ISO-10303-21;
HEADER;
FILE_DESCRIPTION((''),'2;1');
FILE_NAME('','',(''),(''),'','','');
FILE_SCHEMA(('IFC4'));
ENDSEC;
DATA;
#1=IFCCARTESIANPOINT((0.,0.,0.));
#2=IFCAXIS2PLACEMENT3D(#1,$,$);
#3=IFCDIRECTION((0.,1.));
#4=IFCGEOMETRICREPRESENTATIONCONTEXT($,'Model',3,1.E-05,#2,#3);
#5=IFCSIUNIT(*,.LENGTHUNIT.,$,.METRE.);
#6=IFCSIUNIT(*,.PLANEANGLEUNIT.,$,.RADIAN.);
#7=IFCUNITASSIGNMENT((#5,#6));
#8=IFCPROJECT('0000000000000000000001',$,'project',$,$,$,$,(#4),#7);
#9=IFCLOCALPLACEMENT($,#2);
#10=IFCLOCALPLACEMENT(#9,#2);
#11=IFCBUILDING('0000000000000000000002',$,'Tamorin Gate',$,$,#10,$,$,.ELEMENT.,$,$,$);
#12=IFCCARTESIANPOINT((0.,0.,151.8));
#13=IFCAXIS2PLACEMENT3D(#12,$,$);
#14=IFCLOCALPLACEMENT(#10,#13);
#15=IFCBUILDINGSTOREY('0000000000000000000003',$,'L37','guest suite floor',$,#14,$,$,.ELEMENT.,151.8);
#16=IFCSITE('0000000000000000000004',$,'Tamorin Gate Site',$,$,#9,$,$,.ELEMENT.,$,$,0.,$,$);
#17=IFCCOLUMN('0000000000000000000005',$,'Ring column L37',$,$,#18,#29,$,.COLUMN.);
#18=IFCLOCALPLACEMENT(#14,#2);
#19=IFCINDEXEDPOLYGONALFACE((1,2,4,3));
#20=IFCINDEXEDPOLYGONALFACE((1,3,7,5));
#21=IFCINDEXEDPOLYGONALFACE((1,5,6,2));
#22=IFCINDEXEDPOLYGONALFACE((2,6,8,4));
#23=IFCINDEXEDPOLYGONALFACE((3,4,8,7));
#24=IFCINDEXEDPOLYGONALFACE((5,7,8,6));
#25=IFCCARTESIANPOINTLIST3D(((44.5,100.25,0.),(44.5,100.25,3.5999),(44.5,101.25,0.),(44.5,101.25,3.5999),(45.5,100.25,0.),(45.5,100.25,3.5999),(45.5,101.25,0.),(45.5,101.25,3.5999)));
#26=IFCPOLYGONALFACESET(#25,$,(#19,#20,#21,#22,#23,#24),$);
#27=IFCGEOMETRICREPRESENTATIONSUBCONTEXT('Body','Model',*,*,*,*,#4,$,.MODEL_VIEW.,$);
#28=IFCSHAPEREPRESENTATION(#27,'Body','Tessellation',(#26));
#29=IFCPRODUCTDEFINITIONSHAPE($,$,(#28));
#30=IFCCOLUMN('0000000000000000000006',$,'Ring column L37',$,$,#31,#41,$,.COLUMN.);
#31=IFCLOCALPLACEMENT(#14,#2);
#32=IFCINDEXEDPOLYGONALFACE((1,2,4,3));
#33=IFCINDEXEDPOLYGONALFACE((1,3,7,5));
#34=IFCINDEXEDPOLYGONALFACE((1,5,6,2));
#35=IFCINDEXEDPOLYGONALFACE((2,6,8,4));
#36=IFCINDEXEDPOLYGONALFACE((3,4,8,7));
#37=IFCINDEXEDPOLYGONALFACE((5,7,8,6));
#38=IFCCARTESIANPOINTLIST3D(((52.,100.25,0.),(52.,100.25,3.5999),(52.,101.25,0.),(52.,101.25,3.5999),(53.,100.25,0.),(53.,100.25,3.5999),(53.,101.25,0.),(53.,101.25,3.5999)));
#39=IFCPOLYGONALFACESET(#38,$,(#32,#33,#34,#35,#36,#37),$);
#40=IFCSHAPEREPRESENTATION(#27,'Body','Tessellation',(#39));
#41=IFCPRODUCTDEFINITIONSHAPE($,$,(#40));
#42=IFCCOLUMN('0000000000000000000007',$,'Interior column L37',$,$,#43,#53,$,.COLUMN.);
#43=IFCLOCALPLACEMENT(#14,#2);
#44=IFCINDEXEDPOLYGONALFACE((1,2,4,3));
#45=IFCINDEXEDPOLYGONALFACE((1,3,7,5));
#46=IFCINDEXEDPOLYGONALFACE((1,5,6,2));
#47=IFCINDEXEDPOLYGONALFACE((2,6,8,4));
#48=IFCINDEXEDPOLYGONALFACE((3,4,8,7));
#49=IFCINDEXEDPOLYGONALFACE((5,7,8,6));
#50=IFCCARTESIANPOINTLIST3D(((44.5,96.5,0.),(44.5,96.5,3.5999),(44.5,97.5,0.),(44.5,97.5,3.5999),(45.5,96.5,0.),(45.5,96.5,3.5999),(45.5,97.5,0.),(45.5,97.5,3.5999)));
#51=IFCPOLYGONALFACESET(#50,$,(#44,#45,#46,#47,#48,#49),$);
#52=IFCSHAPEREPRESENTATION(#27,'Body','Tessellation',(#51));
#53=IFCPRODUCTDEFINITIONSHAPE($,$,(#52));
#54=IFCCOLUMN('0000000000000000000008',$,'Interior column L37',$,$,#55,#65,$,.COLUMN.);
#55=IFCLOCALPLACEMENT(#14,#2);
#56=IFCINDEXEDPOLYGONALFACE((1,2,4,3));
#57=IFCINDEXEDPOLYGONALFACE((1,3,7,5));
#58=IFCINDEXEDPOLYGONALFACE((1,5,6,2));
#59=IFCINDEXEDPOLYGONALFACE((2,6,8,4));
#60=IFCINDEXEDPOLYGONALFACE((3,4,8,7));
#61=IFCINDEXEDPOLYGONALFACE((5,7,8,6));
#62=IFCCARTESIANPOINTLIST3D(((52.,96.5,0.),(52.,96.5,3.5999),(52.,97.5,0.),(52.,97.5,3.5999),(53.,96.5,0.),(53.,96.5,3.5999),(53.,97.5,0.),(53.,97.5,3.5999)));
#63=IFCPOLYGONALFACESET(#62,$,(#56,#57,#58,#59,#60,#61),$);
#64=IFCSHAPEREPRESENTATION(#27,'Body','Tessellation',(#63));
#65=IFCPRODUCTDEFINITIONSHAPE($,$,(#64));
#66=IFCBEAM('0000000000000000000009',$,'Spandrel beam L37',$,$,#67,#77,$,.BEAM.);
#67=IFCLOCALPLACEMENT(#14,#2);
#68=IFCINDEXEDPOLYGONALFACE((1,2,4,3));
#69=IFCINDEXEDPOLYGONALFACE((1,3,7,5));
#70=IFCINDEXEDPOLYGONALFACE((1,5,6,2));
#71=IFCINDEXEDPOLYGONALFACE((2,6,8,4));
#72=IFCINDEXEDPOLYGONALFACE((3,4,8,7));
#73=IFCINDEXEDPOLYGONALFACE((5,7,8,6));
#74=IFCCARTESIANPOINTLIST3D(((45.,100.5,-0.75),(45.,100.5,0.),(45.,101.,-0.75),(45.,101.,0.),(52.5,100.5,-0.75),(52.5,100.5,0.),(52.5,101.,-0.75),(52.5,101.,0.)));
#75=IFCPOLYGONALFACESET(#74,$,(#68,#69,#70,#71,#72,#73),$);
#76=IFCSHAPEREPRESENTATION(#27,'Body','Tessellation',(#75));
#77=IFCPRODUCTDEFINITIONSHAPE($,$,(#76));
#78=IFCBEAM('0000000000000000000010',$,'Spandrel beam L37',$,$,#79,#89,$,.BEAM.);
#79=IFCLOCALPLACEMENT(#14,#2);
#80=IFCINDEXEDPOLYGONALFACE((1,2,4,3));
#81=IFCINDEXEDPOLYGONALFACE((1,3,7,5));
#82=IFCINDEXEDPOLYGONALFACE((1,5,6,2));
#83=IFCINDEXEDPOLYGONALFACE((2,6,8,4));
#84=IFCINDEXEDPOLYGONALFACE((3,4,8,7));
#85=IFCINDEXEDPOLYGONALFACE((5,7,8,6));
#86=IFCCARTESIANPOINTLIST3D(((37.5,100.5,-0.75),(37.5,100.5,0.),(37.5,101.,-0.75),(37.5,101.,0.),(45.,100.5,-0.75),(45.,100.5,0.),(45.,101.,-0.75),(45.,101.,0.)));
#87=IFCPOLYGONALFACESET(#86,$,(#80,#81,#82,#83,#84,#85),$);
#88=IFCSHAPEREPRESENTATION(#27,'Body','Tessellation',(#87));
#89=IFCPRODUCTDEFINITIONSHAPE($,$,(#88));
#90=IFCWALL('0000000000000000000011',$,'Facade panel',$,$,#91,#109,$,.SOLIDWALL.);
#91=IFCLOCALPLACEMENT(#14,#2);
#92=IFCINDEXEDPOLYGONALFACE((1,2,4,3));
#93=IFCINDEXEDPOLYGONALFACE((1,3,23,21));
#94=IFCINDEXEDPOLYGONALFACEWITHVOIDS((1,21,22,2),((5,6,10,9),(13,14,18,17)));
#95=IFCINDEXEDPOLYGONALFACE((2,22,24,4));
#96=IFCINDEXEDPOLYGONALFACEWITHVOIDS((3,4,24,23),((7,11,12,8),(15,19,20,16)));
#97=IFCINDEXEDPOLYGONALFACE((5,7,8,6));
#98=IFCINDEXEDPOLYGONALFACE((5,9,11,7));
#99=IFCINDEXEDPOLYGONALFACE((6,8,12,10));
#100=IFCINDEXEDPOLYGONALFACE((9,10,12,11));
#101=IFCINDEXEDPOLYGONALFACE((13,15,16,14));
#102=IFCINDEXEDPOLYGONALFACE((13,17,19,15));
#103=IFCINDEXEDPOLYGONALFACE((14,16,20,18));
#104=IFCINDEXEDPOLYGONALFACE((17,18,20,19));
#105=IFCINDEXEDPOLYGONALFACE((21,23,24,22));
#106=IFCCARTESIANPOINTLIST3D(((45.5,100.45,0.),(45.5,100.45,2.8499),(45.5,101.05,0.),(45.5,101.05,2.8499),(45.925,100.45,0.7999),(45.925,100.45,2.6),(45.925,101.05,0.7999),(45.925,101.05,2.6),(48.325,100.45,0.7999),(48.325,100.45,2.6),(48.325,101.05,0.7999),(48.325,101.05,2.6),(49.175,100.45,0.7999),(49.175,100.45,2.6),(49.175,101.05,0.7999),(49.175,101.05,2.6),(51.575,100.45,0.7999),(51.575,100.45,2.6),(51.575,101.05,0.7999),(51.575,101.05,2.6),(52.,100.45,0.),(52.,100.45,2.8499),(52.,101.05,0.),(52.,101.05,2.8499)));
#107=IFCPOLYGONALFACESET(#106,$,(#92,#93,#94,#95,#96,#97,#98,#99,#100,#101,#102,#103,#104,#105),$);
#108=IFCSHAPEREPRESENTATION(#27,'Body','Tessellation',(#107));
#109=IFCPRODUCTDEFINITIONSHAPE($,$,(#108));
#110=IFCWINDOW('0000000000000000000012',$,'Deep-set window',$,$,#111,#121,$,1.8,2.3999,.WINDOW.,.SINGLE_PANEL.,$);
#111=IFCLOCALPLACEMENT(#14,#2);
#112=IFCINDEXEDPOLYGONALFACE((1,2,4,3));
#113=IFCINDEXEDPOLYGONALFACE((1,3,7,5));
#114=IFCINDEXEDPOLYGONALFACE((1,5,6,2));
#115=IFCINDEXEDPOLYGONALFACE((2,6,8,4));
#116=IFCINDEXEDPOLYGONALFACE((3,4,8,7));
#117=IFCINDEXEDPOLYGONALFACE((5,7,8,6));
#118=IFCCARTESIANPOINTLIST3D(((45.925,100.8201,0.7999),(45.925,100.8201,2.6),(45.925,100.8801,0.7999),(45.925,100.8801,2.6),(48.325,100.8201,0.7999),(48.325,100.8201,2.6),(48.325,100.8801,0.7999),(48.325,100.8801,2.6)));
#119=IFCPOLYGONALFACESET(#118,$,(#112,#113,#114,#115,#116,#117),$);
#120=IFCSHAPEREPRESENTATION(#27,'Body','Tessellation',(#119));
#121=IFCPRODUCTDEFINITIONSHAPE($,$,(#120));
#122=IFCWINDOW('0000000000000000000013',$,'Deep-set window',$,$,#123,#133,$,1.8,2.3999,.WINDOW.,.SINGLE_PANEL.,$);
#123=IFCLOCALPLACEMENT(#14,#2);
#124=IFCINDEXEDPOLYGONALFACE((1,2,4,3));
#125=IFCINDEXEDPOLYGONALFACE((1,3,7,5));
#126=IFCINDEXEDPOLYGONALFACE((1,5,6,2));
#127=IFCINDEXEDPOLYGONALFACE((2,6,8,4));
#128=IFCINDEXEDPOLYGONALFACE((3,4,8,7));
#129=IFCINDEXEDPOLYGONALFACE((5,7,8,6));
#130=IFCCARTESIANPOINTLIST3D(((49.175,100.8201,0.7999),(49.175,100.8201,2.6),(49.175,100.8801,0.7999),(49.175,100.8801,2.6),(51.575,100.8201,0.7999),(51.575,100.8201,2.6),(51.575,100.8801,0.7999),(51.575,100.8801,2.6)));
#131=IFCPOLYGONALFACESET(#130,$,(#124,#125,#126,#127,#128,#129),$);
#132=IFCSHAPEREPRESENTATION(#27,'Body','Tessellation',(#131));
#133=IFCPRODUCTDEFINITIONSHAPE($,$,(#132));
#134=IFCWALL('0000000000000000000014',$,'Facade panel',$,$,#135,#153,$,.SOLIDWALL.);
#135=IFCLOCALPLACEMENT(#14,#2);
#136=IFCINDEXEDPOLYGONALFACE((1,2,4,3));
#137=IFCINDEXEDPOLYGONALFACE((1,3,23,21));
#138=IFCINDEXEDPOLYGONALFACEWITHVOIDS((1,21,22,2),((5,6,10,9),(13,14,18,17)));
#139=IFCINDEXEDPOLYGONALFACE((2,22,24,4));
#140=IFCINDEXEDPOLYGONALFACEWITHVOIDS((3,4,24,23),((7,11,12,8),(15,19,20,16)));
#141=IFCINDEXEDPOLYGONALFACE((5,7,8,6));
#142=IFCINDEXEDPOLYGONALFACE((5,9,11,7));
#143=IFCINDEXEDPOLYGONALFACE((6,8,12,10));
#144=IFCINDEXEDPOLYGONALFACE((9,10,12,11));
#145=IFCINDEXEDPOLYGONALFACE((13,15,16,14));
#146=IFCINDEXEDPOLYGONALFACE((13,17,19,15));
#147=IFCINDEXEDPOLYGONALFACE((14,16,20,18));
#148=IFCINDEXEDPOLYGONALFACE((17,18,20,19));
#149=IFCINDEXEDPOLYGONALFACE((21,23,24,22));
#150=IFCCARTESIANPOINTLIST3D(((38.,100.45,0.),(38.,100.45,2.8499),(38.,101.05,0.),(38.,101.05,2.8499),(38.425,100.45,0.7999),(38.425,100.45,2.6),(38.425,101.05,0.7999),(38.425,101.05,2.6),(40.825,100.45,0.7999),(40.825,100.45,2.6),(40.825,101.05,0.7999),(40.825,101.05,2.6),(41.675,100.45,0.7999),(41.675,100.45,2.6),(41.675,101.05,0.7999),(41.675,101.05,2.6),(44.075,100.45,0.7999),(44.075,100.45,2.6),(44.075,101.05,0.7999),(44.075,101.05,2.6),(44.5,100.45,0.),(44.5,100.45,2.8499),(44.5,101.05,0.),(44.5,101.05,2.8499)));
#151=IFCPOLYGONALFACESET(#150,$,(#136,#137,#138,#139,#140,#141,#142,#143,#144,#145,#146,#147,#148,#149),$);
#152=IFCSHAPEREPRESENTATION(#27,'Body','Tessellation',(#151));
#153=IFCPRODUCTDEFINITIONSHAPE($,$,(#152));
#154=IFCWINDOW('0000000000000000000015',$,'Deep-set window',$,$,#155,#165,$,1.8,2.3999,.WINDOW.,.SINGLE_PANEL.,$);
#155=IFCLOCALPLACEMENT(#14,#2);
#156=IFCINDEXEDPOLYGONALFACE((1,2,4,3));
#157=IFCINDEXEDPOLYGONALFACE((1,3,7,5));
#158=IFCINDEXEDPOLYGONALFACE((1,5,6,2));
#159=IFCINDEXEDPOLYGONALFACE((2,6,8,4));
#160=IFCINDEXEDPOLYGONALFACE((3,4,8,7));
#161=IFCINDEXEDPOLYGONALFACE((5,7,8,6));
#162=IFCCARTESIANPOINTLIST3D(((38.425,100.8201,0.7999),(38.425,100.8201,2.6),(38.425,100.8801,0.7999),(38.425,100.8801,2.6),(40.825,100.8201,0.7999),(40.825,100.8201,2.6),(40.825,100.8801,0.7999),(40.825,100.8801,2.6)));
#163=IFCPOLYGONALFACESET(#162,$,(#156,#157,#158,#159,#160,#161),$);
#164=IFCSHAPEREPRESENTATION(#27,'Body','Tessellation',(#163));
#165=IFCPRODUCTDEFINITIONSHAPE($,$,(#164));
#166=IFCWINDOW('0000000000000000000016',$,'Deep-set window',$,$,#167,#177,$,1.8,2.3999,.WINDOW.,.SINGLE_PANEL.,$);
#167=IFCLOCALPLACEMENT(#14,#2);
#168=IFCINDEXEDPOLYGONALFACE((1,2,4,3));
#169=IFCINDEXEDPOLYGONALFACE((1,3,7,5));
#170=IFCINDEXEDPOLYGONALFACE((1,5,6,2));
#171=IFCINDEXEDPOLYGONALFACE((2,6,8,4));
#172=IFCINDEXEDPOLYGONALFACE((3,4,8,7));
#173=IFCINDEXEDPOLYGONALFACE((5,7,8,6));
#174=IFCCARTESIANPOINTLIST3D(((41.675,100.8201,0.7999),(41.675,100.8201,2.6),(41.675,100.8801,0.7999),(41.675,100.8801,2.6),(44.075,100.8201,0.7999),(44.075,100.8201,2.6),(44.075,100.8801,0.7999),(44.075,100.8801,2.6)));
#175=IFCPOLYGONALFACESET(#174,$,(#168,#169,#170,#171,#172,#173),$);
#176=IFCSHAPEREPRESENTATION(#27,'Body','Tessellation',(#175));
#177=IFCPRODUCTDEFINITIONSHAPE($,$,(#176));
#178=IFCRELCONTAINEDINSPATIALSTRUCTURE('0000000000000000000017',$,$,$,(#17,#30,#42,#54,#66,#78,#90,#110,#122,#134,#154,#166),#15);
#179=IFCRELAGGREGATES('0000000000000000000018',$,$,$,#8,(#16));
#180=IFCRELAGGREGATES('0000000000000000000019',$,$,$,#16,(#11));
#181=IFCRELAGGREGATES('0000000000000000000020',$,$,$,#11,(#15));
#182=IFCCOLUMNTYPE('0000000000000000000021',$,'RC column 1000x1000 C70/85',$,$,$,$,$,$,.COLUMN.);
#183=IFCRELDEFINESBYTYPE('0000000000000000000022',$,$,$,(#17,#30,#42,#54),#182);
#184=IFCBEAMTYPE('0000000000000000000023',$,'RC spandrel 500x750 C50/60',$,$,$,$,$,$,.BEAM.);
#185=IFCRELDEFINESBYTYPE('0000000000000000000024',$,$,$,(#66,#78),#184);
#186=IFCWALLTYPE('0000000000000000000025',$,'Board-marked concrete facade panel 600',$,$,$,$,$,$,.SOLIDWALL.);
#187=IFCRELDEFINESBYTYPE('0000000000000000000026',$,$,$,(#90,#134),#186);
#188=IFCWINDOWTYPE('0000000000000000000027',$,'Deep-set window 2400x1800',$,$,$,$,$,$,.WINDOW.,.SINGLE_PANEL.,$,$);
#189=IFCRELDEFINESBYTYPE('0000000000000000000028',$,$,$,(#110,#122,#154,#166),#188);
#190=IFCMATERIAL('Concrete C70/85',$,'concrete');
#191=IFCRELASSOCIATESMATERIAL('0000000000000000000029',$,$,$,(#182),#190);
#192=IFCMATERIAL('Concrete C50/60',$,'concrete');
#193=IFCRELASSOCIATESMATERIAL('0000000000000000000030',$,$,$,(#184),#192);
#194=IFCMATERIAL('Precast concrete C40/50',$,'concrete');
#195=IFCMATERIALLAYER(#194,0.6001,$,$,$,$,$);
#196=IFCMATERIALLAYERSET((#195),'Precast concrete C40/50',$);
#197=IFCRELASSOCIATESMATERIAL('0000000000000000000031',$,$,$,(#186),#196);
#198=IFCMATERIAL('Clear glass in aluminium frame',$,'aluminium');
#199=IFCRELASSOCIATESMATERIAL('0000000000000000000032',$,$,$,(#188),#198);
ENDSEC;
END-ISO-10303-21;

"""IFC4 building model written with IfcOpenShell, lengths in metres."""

from ifc_helpers import new_model, si_unit, direction, frame, frame_2d, origin, origin_2d, place, context, subcontext, project, spatial, rectangle, extrude, material, layer, layer_set, material_profile, profile_set, type_object, element, fill, save


model = new_model("IFC4")

# Units and contexts
model_context = context("Model", 3, precision=1e-05, world=origin(), true_north=direction((0.0, 1.0)))
body_context = subcontext(model_context, "Body", "Model", "MODEL_VIEW")
ifc_project = project(units=[si_unit("LENGTHUNIT", "METRE"), si_unit("PLANEANGLEUNIT", "RADIAN")], contexts=[model_context])

# Site, building, storey
site_placement = place(None, origin())
site = spatial("IfcSite", under=ifc_project, at=site_placement, Name="Tamorin Gate Site", CompositionType="ELEMENT", RefElevation=0.0)
building_placement = place(site_placement, origin())
building = spatial("IfcBuilding", under=site, at=building_placement, Name="Tamorin Gate", CompositionType="ELEMENT")
storey_placement = place(building_placement, frame((0.0, 0.0, 151.8)))
storey = spatial("IfcBuildingStorey", under=building, at=storey_placement, Name="L37", Description="guest suite floor", CompositionType="ELEMENT", Elevation=151.8)

# Columns
ifc_material_1 = material(Name="Concrete C70/85", Category="concrete")
ifc_material_profile_1 = material_profile(ifc_material_1, rectangle(XDim=1.0, YDim=1.0, at=origin_2d()), Name="RC 1000x1000")
ifc_profile_set_1 = profile_set([ifc_material_profile_1], Name="Concrete C70/85")
column_type = type_object("IfcColumnType", Name="RC column 1000x1000 C70/85", PredefinedType="COLUMN", material=ifc_profile_set_1)
for number, where, z_axis, x_axis, name in (
    (1, (45.0, 100.75, 0.0), (0.0, 0.0, 1.0), (1.0, 0.0, 0.0), "Ring column L37"),
    (2, (52.5, 100.75, 0.0), (0.0, 0.0, 1.0), (1.0, 0.0, 0.0), "Ring column L37"),
    (3, (45.0, 97.0, 0.0), (0.0, 0.0, 1.0), (1.0, 0.0, 0.0), "Interior column L37"),
    (4, (52.5, 97.0, 0.0), (0.0, 0.0, 1.0), (1.0, 0.0, 0.0), "Interior column L37"),
):
    element("IfcColumn", number, at=place(storey_placement, frame(where, z_axis=z_axis, x_axis=x_axis)), inside=storey, type_object=column_type, Name=name, PredefinedType="COLUMN", context=body_context, shape_type="SweptSolid", body=[
        extrude(rectangle(XDim=1.0, YDim=1.0, at=origin_2d()), origin(), (0.0, 0.0, 1.0), 3.5999),
    ])

# Beams
ifc_material_2 = material(Name="Concrete C50/60", Category="concrete")
ifc_material_profile_2 = material_profile(ifc_material_2, rectangle(XDim=0.5, YDim=0.75, at=origin_2d()), Name="RC 500x750")
ifc_profile_set_2 = profile_set([ifc_material_profile_2], Name="Concrete C50/60")
beam_type = type_object("IfcBeamType", Name="RC spandrel 500x750 C50/60", PredefinedType="BEAM", material=ifc_profile_set_2)
for number, where, z_axis, x_axis, name in (
    (5, (52.5, 100.75, -0.375), (-1.0, 0.0, 0.0), (0.0, -1.0, 0.0), "Spandrel beam L37"),
    (6, (45.0, 100.75, -0.375), (-1.0, 0.0, 0.0), (0.0, -1.0, 0.0), "Spandrel beam L37"),
):
    element("IfcBeam", number, at=place(storey_placement, frame(where, z_axis=z_axis, x_axis=x_axis)), inside=storey, type_object=beam_type, Name=name, PredefinedType="BEAM", context=body_context, shape_type="SweptSolid", body=[
        extrude(rectangle(XDim=0.5, YDim=0.75, at=origin_2d()), origin(), (0.0, 0.0, 1.0), 7.5),
    ])

# Walls, openings, windows
ifc_material_3 = material(Name="Precast concrete C40/50", Category="concrete")
ifc_layer_1 = layer(ifc_material_3, 0.6001)
ifc_layer_set_1 = layer_set([ifc_layer_1], Name="Precast concrete C40/50")
wall_type_1 = type_object("IfcWallType", Name="Board-marked concrete facade panel 600", PredefinedType="SOLIDWALL", material=ifc_layer_set_1)
wall_1_placement = place(storey_placement, frame((52.0, 100.75, 0.0), z_axis=(0.0, 0.0, 1.0), x_axis=(-1.0, 0.0, 0.0)))
wall_1 = element("IfcWall", 7, at=wall_1_placement, inside=storey, type_object=wall_type_1, Name="Facade panel", PredefinedType="SOLIDWALL", context=body_context, shape_type="SweptSolid", body=[
    extrude(rectangle(XDim=6.5, YDim=0.6001, at=frame_2d((3.25, 0.0))), origin(), (0.0, 0.0, 1.0), 2.8499),
])
opening_1_placement = place(wall_1_placement, frame((3.675, 0.0, 0.8)))
opening_1 = element("IfcOpeningElement", 8, at=opening_1_placement, cuts=wall_1, PredefinedType="OPENING", context=body_context, shape_type="SweptSolid", body=[
    extrude(rectangle(XDim=2.3999, YDim=1.8, at=frame_2d((1.2, 0.8999))), frame((0.0, 0.3101, 0.0), z_axis=(0.0, -1.0, 0.0), x_axis=(1.0, 0.0, 0.0)), (0.0, 0.0, 1.0), 0.6201),
])
opening_2_placement = place(wall_1_placement, frame((0.425, 0.0, 0.8)))
opening_2 = element("IfcOpeningElement", 9, at=opening_2_placement, cuts=wall_1, PredefinedType="OPENING", context=body_context, shape_type="SweptSolid", body=[
    extrude(rectangle(XDim=2.3999, YDim=1.8, at=frame_2d((1.2, 0.8999))), frame((0.0, 0.3101, 0.0), z_axis=(0.0, -1.0, 0.0), x_axis=(1.0, 0.0, 0.0)), (0.0, 0.0, 1.0), 0.6201),
])
ifc_material_4 = material(Name="Clear glass in aluminium frame", Category="aluminium")
window_type = type_object("IfcWindowType", Name="Deep-set window 2400x1800", PartitioningType="SINGLE_PANEL", PredefinedType="WINDOW", material=ifc_material_4)
window_1_placement = place(opening_1_placement, origin())
window_1 = element("IfcWindow", 10, at=window_1_placement, inside=storey, type_object=window_type, Name="Deep-set window", OverallHeight=1.8, OverallWidth=2.3999, PartitioningType="SINGLE_PANEL", PredefinedType="WINDOW", context=body_context, shape_type="SweptSolid", body=[
    extrude(rectangle(XDim=2.3999, YDim=1.8, at=frame_2d((1.2, 0.8999))), frame((0.0, -0.0701, 0.0), z_axis=(0.0, -1.0, 0.0), x_axis=(1.0, 0.0, 0.0)), (0.0, 0.0, 1.0), 0.0601),
])
fill(opening_1, window_1)
window_2_placement = place(opening_2_placement, origin())
window_2 = element("IfcWindow", 11, at=window_2_placement, inside=storey, type_object=window_type, Name="Deep-set window", OverallHeight=1.8, OverallWidth=2.3999, PartitioningType="SINGLE_PANEL", PredefinedType="WINDOW", context=body_context, shape_type="SweptSolid", body=[
    extrude(rectangle(XDim=2.3999, YDim=1.8, at=frame_2d((1.2, 0.8999))), frame((0.0, -0.0701, 0.0), z_axis=(0.0, -1.0, 0.0), x_axis=(1.0, 0.0, 0.0)), (0.0, 0.0, 1.0), 0.0601),
])
fill(opening_2, window_2)
wall_2_placement = place(storey_placement, frame((44.5, 100.75, 0.0), z_axis=(0.0, 0.0, 1.0), x_axis=(-1.0, 0.0, 0.0)))
wall_2 = element("IfcWall", 12, at=wall_2_placement, inside=storey, type_object=wall_type_1, Name="Facade panel", PredefinedType="SOLIDWALL", context=body_context, shape_type="SweptSolid", body=[
    extrude(rectangle(XDim=6.5, YDim=0.6001, at=frame_2d((3.25, 0.0))), origin(), (0.0, 0.0, 1.0), 2.8499),
])
opening_3_placement = place(wall_2_placement, frame((3.675, 0.0, 0.8)))
opening_3 = element("IfcOpeningElement", 13, at=opening_3_placement, cuts=wall_2, PredefinedType="OPENING", context=body_context, shape_type="SweptSolid", body=[
    extrude(rectangle(XDim=2.3999, YDim=1.8, at=frame_2d((1.2, 0.8999))), frame((0.0, 0.3101, 0.0), z_axis=(0.0, -1.0, 0.0), x_axis=(1.0, 0.0, 0.0)), (0.0, 0.0, 1.0), 0.6201),
])
opening_4_placement = place(wall_2_placement, frame((0.425, 0.0, 0.8)))
opening_4 = element("IfcOpeningElement", 14, at=opening_4_placement, cuts=wall_2, PredefinedType="OPENING", context=body_context, shape_type="SweptSolid", body=[
    extrude(rectangle(XDim=2.3999, YDim=1.8, at=frame_2d((1.2, 0.8999))), frame((0.0, 0.3101, 0.0), z_axis=(0.0, -1.0, 0.0), x_axis=(1.0, 0.0, 0.0)), (0.0, 0.0, 1.0), 0.6201),
])
window_3_placement = place(opening_3_placement, origin())
window_3 = element("IfcWindow", 15, at=window_3_placement, inside=storey, type_object=window_type, Name="Deep-set window", OverallHeight=1.8, OverallWidth=2.3999, PartitioningType="SINGLE_PANEL", PredefinedType="WINDOW", context=body_context, shape_type="SweptSolid", body=[
    extrude(rectangle(XDim=2.3999, YDim=1.8, at=frame_2d((1.2, 0.8999))), frame((0.0, -0.0701, 0.0), z_axis=(0.0, -1.0, 0.0), x_axis=(1.0, 0.0, 0.0)), (0.0, 0.0, 1.0), 0.0601),
])
fill(opening_3, window_3)
window_4_placement = place(opening_4_placement, origin())
window_4 = element("IfcWindow", 16, at=window_4_placement, inside=storey, type_object=window_type, Name="Deep-set window", OverallHeight=1.8, OverallWidth=2.3999, PartitioningType="SINGLE_PANEL", PredefinedType="WINDOW", context=body_context, shape_type="SweptSolid", body=[
    extrude(rectangle(XDim=2.3999, YDim=1.8, at=frame_2d((1.2, 0.8999))), frame((0.0, -0.0701, 0.0), z_axis=(0.0, -1.0, 0.0), x_axis=(1.0, 0.0, 0.0)), (0.0, 0.0, 1.0), 0.0601),
])
fill(opening_4, window_4)

save(model, "model.ifc")
